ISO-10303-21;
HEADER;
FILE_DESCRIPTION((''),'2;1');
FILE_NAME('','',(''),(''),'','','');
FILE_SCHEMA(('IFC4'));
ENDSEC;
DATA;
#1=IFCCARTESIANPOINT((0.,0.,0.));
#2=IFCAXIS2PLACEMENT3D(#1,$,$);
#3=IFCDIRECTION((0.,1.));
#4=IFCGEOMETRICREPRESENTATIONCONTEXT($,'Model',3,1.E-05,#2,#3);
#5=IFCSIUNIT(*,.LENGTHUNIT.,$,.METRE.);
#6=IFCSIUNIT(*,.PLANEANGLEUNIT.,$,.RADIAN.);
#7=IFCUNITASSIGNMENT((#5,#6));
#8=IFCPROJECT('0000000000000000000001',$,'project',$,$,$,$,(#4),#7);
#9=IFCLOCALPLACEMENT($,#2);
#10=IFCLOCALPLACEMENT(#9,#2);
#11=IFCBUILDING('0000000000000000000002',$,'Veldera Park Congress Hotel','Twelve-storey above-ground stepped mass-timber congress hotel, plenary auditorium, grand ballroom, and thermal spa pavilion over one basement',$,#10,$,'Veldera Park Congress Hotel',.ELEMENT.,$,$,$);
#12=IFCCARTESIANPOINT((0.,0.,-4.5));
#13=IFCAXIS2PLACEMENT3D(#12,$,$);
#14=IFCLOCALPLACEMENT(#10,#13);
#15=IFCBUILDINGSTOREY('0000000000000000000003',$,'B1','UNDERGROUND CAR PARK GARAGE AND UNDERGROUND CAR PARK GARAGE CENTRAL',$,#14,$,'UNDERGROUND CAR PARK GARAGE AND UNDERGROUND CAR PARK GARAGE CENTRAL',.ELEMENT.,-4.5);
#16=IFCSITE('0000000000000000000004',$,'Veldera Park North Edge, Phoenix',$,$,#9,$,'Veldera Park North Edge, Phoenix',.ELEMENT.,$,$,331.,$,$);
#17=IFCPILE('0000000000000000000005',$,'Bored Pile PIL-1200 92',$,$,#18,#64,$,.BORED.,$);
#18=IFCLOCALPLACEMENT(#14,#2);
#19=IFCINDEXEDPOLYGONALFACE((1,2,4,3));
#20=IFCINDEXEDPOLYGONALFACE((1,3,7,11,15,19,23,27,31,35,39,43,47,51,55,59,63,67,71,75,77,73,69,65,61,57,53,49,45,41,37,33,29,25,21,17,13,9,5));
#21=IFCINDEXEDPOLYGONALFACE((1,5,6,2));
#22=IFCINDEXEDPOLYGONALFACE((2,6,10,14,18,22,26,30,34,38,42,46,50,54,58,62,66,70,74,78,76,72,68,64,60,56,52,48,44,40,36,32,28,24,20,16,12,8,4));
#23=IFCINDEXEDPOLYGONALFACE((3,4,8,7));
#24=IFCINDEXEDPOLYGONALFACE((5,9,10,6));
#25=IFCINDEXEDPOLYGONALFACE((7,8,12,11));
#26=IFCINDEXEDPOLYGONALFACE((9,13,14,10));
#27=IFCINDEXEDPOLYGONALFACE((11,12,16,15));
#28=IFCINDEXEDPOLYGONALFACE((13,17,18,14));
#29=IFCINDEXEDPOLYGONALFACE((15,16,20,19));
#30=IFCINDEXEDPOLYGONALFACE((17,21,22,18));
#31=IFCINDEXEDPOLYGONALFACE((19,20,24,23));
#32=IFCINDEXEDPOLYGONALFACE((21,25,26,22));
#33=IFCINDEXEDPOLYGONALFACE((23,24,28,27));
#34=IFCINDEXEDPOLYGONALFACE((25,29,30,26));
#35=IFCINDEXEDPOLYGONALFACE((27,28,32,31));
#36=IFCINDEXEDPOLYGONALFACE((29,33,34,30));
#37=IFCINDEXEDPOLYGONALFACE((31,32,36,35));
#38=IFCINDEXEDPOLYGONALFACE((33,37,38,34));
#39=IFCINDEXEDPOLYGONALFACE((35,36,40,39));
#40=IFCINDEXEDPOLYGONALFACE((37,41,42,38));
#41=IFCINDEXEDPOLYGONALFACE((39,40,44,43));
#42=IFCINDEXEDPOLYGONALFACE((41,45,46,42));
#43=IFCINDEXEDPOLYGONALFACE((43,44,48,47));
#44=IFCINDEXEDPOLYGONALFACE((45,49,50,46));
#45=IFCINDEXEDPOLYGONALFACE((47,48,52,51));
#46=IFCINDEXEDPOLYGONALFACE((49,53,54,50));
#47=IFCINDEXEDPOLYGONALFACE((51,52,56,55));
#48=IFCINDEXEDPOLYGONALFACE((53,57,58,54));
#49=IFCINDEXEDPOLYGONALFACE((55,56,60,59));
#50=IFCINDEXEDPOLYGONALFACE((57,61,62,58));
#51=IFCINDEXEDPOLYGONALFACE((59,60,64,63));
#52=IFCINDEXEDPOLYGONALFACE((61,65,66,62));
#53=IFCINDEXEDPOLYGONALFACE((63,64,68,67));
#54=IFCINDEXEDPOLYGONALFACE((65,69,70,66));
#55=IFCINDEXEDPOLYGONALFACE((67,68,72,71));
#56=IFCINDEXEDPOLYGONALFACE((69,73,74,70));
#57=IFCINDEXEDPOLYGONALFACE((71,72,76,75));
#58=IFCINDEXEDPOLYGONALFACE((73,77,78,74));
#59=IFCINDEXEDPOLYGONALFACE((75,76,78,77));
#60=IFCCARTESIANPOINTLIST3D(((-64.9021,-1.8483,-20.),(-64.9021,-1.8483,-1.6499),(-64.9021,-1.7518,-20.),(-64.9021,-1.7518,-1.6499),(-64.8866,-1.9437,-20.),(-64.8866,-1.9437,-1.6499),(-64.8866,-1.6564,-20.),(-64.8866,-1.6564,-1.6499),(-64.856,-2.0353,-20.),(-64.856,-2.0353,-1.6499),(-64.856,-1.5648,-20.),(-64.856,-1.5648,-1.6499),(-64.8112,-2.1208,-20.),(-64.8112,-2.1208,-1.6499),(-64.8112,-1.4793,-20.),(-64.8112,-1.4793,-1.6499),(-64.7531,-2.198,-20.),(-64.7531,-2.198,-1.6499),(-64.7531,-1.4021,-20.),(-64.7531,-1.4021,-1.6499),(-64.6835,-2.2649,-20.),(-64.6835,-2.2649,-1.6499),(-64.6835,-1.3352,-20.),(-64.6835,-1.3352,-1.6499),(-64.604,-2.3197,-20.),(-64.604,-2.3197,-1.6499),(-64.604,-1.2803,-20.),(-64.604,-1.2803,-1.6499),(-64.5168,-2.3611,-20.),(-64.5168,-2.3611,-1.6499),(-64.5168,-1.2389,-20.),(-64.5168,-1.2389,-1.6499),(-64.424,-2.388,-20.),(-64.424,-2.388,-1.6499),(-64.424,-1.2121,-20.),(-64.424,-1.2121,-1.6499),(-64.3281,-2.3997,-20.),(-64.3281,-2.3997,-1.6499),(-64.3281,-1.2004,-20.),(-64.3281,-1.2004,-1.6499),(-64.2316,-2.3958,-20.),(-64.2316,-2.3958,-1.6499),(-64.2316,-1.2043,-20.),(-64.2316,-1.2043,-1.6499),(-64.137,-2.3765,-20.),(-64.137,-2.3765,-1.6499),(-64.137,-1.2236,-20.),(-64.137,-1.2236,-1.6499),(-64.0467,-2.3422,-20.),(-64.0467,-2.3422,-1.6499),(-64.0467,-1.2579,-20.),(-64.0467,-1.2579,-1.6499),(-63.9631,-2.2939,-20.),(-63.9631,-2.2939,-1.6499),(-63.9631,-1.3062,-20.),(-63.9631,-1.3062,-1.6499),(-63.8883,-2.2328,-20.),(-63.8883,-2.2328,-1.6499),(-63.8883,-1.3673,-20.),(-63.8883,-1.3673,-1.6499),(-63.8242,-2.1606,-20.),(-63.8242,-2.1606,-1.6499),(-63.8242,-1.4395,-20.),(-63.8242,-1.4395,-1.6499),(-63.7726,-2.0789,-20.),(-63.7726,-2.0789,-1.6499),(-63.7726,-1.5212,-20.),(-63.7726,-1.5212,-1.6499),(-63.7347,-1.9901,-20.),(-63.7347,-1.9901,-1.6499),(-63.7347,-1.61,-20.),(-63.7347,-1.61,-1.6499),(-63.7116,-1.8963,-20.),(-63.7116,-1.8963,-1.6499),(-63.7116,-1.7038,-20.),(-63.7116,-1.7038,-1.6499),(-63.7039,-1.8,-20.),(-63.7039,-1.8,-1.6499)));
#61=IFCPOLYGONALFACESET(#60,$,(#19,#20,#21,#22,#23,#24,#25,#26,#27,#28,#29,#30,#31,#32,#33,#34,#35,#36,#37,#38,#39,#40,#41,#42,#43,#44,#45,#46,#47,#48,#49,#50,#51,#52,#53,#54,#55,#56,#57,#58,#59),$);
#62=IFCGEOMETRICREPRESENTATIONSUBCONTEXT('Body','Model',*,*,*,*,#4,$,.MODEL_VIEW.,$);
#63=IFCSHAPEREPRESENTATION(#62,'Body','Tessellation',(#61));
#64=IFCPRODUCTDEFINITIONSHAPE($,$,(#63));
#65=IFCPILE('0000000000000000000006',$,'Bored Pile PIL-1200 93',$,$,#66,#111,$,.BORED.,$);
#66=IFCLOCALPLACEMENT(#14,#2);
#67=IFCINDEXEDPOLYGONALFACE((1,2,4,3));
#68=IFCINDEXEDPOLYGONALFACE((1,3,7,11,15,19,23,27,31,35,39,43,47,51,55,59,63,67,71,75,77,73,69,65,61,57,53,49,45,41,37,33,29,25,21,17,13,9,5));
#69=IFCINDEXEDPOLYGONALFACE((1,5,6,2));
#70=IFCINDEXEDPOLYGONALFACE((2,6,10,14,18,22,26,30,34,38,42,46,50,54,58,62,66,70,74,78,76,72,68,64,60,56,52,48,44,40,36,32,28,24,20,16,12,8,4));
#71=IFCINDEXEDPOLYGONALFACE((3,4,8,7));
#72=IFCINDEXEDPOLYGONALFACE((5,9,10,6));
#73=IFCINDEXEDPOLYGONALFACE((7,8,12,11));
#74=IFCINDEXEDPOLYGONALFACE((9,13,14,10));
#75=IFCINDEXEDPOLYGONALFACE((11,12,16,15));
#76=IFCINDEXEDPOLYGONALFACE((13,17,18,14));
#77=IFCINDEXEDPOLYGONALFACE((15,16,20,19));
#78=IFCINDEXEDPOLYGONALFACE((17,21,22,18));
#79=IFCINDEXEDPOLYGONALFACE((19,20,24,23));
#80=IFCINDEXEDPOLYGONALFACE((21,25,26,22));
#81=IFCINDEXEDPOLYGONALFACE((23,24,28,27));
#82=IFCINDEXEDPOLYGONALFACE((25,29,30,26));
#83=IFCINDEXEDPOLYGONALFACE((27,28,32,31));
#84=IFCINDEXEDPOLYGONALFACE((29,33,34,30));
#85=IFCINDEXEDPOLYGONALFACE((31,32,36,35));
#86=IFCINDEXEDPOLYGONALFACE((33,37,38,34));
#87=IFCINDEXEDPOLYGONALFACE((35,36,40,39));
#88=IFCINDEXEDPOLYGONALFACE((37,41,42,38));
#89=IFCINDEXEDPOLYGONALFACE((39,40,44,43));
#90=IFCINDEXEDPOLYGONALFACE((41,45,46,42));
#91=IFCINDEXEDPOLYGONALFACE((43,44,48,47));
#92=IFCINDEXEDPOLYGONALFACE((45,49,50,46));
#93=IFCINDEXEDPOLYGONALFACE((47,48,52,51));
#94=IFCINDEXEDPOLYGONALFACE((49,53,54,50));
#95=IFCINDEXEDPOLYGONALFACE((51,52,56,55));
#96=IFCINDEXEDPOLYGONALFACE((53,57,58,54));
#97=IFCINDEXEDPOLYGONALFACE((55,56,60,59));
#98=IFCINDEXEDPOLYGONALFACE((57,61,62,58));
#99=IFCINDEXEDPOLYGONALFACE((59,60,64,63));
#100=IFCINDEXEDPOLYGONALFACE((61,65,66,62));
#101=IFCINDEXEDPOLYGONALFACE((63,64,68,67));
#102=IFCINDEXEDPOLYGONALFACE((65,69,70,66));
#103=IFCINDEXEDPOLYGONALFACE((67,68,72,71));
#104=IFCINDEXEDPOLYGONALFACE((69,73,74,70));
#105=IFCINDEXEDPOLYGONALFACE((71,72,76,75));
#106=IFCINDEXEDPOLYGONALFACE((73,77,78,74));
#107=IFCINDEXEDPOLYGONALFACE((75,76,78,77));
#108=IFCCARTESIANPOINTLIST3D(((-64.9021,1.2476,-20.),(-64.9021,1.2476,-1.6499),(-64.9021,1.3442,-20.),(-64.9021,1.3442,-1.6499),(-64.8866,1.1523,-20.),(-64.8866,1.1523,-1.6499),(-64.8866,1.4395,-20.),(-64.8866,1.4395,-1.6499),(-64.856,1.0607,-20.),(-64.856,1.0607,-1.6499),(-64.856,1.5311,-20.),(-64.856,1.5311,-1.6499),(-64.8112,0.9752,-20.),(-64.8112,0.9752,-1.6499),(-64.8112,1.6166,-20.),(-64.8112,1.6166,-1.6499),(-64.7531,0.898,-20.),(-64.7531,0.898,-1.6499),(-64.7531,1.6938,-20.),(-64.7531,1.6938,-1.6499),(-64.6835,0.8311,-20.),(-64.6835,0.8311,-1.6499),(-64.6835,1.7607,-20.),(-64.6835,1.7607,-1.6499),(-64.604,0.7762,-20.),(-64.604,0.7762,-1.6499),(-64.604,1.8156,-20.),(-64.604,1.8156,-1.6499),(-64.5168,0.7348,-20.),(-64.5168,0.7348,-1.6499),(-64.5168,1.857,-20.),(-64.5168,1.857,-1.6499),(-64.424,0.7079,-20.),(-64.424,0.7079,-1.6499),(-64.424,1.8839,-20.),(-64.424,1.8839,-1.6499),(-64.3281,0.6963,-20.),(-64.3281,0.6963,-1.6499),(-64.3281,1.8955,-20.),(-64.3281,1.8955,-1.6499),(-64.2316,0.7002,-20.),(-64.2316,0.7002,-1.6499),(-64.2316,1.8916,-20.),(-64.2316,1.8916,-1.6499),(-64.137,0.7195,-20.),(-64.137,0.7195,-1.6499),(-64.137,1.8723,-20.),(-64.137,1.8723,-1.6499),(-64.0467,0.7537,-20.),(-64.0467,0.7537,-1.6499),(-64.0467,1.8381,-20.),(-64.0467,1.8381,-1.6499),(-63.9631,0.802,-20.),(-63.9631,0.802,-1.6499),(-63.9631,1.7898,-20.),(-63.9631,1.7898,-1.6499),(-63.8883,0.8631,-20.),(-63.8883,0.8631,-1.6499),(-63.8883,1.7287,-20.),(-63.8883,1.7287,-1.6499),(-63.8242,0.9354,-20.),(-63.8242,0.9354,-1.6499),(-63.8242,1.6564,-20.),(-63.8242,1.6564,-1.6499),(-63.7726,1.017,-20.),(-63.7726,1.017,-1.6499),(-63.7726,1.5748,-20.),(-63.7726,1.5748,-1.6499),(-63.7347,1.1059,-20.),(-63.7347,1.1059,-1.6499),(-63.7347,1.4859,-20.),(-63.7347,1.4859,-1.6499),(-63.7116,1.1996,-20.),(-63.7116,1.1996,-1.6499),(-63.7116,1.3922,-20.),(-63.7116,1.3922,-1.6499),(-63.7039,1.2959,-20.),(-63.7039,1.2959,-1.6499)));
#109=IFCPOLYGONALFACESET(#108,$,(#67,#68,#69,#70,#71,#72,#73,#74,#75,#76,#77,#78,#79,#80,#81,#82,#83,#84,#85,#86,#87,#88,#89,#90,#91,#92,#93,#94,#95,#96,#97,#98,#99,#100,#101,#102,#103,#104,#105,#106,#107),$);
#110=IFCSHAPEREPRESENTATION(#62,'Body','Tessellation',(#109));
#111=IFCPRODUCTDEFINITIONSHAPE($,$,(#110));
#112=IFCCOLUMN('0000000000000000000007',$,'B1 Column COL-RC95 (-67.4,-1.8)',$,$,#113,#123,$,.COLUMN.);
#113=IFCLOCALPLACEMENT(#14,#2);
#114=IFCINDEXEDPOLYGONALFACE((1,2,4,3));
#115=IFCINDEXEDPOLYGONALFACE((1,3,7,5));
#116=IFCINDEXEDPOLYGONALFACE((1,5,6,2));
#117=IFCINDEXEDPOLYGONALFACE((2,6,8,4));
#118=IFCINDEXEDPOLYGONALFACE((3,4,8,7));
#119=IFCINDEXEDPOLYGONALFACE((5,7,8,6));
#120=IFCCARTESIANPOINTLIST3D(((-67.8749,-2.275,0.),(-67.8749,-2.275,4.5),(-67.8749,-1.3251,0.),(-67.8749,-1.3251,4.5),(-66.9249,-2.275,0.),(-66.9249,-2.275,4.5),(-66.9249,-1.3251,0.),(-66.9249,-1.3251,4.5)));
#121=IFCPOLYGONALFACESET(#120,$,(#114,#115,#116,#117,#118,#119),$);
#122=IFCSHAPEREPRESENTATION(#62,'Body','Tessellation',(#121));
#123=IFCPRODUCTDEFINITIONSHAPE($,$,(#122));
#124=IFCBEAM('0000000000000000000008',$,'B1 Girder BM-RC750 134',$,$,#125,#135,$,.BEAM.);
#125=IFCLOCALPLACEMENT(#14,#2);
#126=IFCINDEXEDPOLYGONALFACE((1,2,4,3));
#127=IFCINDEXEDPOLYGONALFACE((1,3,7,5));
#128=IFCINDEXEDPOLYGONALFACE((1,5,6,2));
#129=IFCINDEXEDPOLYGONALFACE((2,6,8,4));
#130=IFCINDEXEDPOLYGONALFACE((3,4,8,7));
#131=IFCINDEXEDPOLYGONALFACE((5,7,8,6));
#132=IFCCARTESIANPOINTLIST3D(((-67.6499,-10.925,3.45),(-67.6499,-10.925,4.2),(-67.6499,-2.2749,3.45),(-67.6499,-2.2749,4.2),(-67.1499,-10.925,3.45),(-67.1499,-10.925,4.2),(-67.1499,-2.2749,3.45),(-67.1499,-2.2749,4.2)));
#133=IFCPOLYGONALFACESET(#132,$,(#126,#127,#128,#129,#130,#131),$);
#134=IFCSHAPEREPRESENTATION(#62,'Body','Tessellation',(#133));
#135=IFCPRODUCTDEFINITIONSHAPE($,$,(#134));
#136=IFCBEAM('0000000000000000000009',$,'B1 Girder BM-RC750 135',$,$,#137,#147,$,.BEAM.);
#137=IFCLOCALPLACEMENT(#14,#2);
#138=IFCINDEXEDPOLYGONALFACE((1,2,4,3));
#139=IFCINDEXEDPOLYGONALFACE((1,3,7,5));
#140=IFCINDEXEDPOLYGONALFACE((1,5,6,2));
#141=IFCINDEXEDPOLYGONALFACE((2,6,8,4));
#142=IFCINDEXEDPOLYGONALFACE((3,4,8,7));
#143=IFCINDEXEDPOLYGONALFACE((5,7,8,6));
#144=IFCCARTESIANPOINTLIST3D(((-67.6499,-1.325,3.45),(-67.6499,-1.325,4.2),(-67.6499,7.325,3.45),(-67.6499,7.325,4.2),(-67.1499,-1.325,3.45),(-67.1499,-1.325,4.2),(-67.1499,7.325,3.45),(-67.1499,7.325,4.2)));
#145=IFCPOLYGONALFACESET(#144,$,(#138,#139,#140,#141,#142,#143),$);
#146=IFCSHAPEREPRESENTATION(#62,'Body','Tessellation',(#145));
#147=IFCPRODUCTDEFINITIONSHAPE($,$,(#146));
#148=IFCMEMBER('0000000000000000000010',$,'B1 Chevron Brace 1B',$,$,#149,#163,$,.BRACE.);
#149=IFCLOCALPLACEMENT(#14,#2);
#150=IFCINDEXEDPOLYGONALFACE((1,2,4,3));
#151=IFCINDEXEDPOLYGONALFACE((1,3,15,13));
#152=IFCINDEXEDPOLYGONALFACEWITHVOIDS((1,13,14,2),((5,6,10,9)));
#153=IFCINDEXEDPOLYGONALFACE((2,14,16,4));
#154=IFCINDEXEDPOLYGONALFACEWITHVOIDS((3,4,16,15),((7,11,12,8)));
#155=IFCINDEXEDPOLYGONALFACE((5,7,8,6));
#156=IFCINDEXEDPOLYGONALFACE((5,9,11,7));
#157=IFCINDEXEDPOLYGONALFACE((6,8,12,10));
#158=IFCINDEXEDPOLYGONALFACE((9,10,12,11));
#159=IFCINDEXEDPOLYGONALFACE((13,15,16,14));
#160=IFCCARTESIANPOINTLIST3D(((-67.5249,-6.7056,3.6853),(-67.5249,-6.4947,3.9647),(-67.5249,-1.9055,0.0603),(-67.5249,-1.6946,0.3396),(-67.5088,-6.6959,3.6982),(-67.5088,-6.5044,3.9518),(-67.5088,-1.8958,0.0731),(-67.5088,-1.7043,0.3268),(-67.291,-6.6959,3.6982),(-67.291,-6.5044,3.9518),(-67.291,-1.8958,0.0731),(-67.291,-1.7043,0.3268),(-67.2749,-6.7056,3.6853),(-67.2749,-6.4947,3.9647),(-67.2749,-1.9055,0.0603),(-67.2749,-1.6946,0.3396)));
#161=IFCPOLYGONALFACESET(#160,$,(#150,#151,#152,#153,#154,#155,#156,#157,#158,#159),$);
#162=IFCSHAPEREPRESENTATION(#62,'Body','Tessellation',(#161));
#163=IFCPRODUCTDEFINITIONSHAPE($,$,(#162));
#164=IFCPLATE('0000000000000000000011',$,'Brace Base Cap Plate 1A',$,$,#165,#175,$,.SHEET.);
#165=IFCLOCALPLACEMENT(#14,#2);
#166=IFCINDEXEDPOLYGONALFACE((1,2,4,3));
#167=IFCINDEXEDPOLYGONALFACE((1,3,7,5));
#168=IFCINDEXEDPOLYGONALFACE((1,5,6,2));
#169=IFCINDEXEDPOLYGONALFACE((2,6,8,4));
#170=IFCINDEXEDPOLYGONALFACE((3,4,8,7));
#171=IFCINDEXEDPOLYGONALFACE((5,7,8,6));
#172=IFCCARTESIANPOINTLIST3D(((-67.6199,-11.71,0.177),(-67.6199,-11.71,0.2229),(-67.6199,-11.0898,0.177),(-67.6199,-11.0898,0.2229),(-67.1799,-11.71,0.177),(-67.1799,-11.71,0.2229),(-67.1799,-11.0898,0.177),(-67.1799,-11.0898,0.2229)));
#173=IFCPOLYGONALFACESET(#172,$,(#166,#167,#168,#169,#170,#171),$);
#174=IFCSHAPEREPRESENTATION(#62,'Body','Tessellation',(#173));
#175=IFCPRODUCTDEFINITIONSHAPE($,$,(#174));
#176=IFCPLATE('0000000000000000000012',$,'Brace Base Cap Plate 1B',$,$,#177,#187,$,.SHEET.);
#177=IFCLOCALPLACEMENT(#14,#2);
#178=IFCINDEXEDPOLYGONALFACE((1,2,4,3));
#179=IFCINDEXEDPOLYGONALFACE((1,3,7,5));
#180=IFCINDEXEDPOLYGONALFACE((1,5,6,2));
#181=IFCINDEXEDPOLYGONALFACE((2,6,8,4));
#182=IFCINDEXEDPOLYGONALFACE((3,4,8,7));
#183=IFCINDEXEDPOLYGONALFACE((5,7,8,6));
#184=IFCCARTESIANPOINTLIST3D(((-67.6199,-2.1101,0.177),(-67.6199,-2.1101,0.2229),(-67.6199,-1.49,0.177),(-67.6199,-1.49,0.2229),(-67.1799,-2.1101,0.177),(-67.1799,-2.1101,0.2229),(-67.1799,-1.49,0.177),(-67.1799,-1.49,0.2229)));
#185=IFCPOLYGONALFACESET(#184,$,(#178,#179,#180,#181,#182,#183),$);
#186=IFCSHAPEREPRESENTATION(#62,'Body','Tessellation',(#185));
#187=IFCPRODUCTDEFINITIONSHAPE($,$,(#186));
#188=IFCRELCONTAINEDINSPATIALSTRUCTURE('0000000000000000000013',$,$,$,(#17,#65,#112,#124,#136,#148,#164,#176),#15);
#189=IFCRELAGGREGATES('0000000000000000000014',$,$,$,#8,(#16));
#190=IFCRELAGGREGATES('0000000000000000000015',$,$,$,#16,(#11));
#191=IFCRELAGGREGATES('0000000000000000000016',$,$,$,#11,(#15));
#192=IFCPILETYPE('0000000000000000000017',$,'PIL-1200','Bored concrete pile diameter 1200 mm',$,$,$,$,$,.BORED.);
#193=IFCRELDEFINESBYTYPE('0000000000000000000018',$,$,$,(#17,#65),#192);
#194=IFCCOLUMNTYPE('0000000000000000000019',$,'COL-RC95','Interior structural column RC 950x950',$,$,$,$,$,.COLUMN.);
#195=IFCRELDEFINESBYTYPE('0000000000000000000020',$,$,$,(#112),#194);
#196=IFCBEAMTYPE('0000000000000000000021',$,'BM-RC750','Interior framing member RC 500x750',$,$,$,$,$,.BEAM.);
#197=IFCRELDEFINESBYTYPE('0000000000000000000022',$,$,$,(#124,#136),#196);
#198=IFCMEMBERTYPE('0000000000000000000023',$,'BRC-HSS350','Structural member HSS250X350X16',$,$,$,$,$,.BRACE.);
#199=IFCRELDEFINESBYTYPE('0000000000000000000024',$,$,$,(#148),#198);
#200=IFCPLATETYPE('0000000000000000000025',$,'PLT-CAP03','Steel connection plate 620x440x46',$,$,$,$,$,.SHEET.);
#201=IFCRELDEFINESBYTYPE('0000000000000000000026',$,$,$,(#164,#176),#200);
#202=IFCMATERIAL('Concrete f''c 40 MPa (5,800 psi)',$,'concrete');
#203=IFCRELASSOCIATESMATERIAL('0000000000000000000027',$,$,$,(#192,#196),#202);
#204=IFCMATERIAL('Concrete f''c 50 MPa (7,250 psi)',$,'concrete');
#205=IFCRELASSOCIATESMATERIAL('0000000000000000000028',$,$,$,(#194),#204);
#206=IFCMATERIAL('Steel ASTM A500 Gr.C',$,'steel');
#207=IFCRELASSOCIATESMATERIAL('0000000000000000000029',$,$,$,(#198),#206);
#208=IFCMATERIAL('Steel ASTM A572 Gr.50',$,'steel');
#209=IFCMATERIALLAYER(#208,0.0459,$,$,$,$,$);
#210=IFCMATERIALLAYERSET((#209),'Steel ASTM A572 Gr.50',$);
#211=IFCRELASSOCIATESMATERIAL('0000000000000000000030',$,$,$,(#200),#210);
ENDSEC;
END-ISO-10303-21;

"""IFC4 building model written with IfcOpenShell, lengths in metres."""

from ifc_helpers import new_model, si_unit, direction, frame, origin, origin_2d, place, context, subcontext, project, spatial, rectangle, hollow_rectangle, circle, extrude, material, layer, layer_set, material_profile, profile_set, type_object, element, save


model = new_model("IFC4")

# Units and contexts
model_context = context("Model", 3, precision=1e-05, world=origin(), true_north=direction((0.0, 1.0)))
body_context = subcontext(model_context, "Body", "Model", "MODEL_VIEW")
ifc_project = project(units=[si_unit("LENGTHUNIT", "METRE"), si_unit("PLANEANGLEUNIT", "RADIAN")], contexts=[model_context])

# Site, building, storey
site_placement = place(None, origin())
site = spatial("IfcSite", under=ifc_project, at=site_placement, Name="Veldera Park North Edge, Phoenix", LongName="Veldera Park North Edge, Phoenix", CompositionType="ELEMENT", RefElevation=331.0)
building_placement = place(site_placement, origin())
building = spatial("IfcBuilding", under=site, at=building_placement, Name="Veldera Park Congress Hotel", Description="Twelve-storey above-ground stepped mass-timber congress hotel, plenary auditorium, grand ballroom, and thermal spa pavilion over one basement", LongName="Veldera Park Congress Hotel", CompositionType="ELEMENT")
storey_placement = place(building_placement, frame((0.0, 0.0, -4.5)))
storey = spatial("IfcBuildingStorey", under=building, at=storey_placement, Name="B1", Description="UNDERGROUND CAR PARK GARAGE AND UNDERGROUND CAR PARK GARAGE CENTRAL", LongName="UNDERGROUND CAR PARK GARAGE AND UNDERGROUND CAR PARK GARAGE CENTRAL", CompositionType="ELEMENT", Elevation=-4.5)

# Shared definitions
ifc_material_1 = material(Name="Concrete f'c 40 MPa (5,800 psi)", Category="concrete")

# Piles
ifc_material_profile_1 = material_profile(ifc_material_1, circle(Radius=0.6001, at=origin_2d()), Name="PILE D1200")
ifc_profile_set_1 = profile_set([ifc_material_profile_1], Name="Concrete f'c 40 MPa (5,800 psi)")
pile_type = type_object("IfcPileType", Name="PIL-1200", Description="Bored concrete pile diameter 1200 mm", PredefinedType="BORED", material=ifc_profile_set_1)
for number, where, z_axis, x_axis, name in (
    (1, (-64.304, -1.8, -1.6499), (0.0, 0.0, -1.0), (1.0, 0.0, 0.0), "Bored Pile PIL-1200 92"),
    (2, (-64.304, 1.2959, -1.6499), (0.0, 0.0, -1.0), (1.0, 0.0, 0.0), "Bored Pile PIL-1200 93"),
):
    element("IfcPile", number, at=place(storey_placement, frame(where, z_axis=z_axis, x_axis=x_axis)), inside=storey, type_object=pile_type, Name=name, PredefinedType="BORED", context=body_context, shape_type="SweptSolid", body=[
        extrude(circle(Radius=0.6001, at=origin_2d()), origin(), (0.0, 0.0, 1.0), 18.3501),
    ])

# Column
ifc_material_2 = material(Name="Concrete f'c 50 MPa (7,250 psi)", Category="concrete")
ifc_material_profile_2 = material_profile(ifc_material_2, rectangle(XDim=0.95, YDim=0.95, at=origin_2d()), Name="RC 950x950")
ifc_profile_set_2 = profile_set([ifc_material_profile_2], Name="Concrete f'c 50 MPa (7,250 psi)")
column_type = type_object("IfcColumnType", Name="COL-RC95", Description="Interior structural column RC 950x950", PredefinedType="COLUMN", material=ifc_profile_set_2)
column_placement = place(storey_placement, frame((-67.3999, -1.8, 0.0), z_axis=(0.0, 0.0, 1.0), x_axis=(1.0, 0.0, 0.0)))
element("IfcColumn", 3, at=column_placement, inside=storey, type_object=column_type, Name="B1 Column COL-RC95 (-67.4,-1.8)", PredefinedType="COLUMN", context=body_context, shape_type="SweptSolid", body=[
    extrude(rectangle(XDim=0.95, YDim=0.95, at=origin_2d()), origin(), (0.0, 0.0, 1.0), 4.5),
])

# Beams
ifc_material_profile_3 = material_profile(ifc_material_1, rectangle(XDim=0.5, YDim=0.75, at=origin_2d()), Name="RC 500x750")
ifc_profile_set_3 = profile_set([ifc_material_profile_3], Name="Concrete f'c 40 MPa (5,800 psi)")
beam_type = type_object("IfcBeamType", Name="BM-RC750", Description="Interior framing member RC 500x750", PredefinedType="BEAM", material=ifc_profile_set_3)
beam_1_placement = place(storey_placement, frame((-67.3999, -10.925, 3.825), z_axis=(0.0, 1.0, 0.0), x_axis=(-1.0, 0.0, 0.0)))
element("IfcBeam", 4, at=beam_1_placement, inside=storey, type_object=beam_type, Name="B1 Girder BM-RC750 134", PredefinedType="BEAM", context=body_context, shape_type="SweptSolid", body=[
    extrude(rectangle(XDim=0.5, YDim=0.75, at=origin_2d()), origin(), (0.0, 0.0, 1.0), 8.6501),
])
beam_2_placement = place(storey_placement, frame((-67.3999, -1.325, 3.825), z_axis=(0.0, 1.0, 0.0), x_axis=(-1.0, 0.0, 0.0)))
element("IfcBeam", 5, at=beam_2_placement, inside=storey, type_object=beam_type, Name="B1 Girder BM-RC750 135", PredefinedType="BEAM", context=body_context, shape_type="SweptSolid", body=[
    extrude(rectangle(XDim=0.5, YDim=0.75, at=origin_2d()), origin(), (0.0, 0.0, 1.0), 8.6499),
])

# Member
ifc_material_3 = material(Name="Steel ASTM A500 Gr.C", Category="steel")
ifc_material_profile_4 = material_profile(ifc_material_3, hollow_rectangle(XDim=0.25, YDim=0.3501, WallThickness=0.0161, at=origin_2d()), Name="HSS250X350X16")
ifc_profile_set_4 = profile_set([ifc_material_profile_4], Name="Steel ASTM A500 Gr.C")
member_type = type_object("IfcMemberType", Name="BRC-HSS350", Description="Structural member HSS250X350X16", PredefinedType="BRACE", material=ifc_profile_set_4)
member_placement = place(storey_placement, frame((-67.3999, -1.8, 0.2), z_axis=(0.0, -0.798004, 0.602653), x_axis=(1.0, 0.0, 0.0)))
element("IfcMember", 6, at=member_placement, inside=storey, type_object=member_type, Name="B1 Chevron Brace 1B", PredefinedType="BRACE", context=body_context, shape_type="SweptSolid", body=[
    extrude(hollow_rectangle(XDim=0.25, YDim=0.3501, WallThickness=0.0161, at=origin_2d()), origin(), (0.0, 0.0, 1.0), 6.0151),
])

# Plates
ifc_material_4 = material(Name="Steel ASTM A572 Gr.50", Category="steel")
ifc_layer_1 = layer(ifc_material_4, 0.0459)
ifc_layer_set_1 = layer_set([ifc_layer_1], Name="Steel ASTM A572 Gr.50")
plate_type_1 = type_object("IfcPlateType", Name="PLT-CAP03", Description="Steel connection plate 620x440x46", PredefinedType="SHEET", material=ifc_layer_set_1)
for number, where, z_axis, x_axis, name in (
    (7, (-67.3999, -11.3999, 0.177), (0.0, 0.0, 1.0), (0.0, 1.0, 0.0), "Brace Base Cap Plate 1A"),
    (8, (-67.3999, -1.8, 0.177), (0.0, 0.0, 1.0), (0.0, 1.0, 0.0), "Brace Base Cap Plate 1B"),
):
    element("IfcPlate", number, at=place(storey_placement, frame(where, z_axis=z_axis, x_axis=x_axis)), inside=storey, type_object=plate_type_1, Name=name, PredefinedType="SHEET", context=body_context, shape_type="SweptSolid", body=[
        extrude(rectangle(XDim=0.6201, YDim=0.4399, at=origin_2d()), origin(), (0.0, 0.0, 1.0), 0.0459),
    ])

save(model, "model.ifc")
